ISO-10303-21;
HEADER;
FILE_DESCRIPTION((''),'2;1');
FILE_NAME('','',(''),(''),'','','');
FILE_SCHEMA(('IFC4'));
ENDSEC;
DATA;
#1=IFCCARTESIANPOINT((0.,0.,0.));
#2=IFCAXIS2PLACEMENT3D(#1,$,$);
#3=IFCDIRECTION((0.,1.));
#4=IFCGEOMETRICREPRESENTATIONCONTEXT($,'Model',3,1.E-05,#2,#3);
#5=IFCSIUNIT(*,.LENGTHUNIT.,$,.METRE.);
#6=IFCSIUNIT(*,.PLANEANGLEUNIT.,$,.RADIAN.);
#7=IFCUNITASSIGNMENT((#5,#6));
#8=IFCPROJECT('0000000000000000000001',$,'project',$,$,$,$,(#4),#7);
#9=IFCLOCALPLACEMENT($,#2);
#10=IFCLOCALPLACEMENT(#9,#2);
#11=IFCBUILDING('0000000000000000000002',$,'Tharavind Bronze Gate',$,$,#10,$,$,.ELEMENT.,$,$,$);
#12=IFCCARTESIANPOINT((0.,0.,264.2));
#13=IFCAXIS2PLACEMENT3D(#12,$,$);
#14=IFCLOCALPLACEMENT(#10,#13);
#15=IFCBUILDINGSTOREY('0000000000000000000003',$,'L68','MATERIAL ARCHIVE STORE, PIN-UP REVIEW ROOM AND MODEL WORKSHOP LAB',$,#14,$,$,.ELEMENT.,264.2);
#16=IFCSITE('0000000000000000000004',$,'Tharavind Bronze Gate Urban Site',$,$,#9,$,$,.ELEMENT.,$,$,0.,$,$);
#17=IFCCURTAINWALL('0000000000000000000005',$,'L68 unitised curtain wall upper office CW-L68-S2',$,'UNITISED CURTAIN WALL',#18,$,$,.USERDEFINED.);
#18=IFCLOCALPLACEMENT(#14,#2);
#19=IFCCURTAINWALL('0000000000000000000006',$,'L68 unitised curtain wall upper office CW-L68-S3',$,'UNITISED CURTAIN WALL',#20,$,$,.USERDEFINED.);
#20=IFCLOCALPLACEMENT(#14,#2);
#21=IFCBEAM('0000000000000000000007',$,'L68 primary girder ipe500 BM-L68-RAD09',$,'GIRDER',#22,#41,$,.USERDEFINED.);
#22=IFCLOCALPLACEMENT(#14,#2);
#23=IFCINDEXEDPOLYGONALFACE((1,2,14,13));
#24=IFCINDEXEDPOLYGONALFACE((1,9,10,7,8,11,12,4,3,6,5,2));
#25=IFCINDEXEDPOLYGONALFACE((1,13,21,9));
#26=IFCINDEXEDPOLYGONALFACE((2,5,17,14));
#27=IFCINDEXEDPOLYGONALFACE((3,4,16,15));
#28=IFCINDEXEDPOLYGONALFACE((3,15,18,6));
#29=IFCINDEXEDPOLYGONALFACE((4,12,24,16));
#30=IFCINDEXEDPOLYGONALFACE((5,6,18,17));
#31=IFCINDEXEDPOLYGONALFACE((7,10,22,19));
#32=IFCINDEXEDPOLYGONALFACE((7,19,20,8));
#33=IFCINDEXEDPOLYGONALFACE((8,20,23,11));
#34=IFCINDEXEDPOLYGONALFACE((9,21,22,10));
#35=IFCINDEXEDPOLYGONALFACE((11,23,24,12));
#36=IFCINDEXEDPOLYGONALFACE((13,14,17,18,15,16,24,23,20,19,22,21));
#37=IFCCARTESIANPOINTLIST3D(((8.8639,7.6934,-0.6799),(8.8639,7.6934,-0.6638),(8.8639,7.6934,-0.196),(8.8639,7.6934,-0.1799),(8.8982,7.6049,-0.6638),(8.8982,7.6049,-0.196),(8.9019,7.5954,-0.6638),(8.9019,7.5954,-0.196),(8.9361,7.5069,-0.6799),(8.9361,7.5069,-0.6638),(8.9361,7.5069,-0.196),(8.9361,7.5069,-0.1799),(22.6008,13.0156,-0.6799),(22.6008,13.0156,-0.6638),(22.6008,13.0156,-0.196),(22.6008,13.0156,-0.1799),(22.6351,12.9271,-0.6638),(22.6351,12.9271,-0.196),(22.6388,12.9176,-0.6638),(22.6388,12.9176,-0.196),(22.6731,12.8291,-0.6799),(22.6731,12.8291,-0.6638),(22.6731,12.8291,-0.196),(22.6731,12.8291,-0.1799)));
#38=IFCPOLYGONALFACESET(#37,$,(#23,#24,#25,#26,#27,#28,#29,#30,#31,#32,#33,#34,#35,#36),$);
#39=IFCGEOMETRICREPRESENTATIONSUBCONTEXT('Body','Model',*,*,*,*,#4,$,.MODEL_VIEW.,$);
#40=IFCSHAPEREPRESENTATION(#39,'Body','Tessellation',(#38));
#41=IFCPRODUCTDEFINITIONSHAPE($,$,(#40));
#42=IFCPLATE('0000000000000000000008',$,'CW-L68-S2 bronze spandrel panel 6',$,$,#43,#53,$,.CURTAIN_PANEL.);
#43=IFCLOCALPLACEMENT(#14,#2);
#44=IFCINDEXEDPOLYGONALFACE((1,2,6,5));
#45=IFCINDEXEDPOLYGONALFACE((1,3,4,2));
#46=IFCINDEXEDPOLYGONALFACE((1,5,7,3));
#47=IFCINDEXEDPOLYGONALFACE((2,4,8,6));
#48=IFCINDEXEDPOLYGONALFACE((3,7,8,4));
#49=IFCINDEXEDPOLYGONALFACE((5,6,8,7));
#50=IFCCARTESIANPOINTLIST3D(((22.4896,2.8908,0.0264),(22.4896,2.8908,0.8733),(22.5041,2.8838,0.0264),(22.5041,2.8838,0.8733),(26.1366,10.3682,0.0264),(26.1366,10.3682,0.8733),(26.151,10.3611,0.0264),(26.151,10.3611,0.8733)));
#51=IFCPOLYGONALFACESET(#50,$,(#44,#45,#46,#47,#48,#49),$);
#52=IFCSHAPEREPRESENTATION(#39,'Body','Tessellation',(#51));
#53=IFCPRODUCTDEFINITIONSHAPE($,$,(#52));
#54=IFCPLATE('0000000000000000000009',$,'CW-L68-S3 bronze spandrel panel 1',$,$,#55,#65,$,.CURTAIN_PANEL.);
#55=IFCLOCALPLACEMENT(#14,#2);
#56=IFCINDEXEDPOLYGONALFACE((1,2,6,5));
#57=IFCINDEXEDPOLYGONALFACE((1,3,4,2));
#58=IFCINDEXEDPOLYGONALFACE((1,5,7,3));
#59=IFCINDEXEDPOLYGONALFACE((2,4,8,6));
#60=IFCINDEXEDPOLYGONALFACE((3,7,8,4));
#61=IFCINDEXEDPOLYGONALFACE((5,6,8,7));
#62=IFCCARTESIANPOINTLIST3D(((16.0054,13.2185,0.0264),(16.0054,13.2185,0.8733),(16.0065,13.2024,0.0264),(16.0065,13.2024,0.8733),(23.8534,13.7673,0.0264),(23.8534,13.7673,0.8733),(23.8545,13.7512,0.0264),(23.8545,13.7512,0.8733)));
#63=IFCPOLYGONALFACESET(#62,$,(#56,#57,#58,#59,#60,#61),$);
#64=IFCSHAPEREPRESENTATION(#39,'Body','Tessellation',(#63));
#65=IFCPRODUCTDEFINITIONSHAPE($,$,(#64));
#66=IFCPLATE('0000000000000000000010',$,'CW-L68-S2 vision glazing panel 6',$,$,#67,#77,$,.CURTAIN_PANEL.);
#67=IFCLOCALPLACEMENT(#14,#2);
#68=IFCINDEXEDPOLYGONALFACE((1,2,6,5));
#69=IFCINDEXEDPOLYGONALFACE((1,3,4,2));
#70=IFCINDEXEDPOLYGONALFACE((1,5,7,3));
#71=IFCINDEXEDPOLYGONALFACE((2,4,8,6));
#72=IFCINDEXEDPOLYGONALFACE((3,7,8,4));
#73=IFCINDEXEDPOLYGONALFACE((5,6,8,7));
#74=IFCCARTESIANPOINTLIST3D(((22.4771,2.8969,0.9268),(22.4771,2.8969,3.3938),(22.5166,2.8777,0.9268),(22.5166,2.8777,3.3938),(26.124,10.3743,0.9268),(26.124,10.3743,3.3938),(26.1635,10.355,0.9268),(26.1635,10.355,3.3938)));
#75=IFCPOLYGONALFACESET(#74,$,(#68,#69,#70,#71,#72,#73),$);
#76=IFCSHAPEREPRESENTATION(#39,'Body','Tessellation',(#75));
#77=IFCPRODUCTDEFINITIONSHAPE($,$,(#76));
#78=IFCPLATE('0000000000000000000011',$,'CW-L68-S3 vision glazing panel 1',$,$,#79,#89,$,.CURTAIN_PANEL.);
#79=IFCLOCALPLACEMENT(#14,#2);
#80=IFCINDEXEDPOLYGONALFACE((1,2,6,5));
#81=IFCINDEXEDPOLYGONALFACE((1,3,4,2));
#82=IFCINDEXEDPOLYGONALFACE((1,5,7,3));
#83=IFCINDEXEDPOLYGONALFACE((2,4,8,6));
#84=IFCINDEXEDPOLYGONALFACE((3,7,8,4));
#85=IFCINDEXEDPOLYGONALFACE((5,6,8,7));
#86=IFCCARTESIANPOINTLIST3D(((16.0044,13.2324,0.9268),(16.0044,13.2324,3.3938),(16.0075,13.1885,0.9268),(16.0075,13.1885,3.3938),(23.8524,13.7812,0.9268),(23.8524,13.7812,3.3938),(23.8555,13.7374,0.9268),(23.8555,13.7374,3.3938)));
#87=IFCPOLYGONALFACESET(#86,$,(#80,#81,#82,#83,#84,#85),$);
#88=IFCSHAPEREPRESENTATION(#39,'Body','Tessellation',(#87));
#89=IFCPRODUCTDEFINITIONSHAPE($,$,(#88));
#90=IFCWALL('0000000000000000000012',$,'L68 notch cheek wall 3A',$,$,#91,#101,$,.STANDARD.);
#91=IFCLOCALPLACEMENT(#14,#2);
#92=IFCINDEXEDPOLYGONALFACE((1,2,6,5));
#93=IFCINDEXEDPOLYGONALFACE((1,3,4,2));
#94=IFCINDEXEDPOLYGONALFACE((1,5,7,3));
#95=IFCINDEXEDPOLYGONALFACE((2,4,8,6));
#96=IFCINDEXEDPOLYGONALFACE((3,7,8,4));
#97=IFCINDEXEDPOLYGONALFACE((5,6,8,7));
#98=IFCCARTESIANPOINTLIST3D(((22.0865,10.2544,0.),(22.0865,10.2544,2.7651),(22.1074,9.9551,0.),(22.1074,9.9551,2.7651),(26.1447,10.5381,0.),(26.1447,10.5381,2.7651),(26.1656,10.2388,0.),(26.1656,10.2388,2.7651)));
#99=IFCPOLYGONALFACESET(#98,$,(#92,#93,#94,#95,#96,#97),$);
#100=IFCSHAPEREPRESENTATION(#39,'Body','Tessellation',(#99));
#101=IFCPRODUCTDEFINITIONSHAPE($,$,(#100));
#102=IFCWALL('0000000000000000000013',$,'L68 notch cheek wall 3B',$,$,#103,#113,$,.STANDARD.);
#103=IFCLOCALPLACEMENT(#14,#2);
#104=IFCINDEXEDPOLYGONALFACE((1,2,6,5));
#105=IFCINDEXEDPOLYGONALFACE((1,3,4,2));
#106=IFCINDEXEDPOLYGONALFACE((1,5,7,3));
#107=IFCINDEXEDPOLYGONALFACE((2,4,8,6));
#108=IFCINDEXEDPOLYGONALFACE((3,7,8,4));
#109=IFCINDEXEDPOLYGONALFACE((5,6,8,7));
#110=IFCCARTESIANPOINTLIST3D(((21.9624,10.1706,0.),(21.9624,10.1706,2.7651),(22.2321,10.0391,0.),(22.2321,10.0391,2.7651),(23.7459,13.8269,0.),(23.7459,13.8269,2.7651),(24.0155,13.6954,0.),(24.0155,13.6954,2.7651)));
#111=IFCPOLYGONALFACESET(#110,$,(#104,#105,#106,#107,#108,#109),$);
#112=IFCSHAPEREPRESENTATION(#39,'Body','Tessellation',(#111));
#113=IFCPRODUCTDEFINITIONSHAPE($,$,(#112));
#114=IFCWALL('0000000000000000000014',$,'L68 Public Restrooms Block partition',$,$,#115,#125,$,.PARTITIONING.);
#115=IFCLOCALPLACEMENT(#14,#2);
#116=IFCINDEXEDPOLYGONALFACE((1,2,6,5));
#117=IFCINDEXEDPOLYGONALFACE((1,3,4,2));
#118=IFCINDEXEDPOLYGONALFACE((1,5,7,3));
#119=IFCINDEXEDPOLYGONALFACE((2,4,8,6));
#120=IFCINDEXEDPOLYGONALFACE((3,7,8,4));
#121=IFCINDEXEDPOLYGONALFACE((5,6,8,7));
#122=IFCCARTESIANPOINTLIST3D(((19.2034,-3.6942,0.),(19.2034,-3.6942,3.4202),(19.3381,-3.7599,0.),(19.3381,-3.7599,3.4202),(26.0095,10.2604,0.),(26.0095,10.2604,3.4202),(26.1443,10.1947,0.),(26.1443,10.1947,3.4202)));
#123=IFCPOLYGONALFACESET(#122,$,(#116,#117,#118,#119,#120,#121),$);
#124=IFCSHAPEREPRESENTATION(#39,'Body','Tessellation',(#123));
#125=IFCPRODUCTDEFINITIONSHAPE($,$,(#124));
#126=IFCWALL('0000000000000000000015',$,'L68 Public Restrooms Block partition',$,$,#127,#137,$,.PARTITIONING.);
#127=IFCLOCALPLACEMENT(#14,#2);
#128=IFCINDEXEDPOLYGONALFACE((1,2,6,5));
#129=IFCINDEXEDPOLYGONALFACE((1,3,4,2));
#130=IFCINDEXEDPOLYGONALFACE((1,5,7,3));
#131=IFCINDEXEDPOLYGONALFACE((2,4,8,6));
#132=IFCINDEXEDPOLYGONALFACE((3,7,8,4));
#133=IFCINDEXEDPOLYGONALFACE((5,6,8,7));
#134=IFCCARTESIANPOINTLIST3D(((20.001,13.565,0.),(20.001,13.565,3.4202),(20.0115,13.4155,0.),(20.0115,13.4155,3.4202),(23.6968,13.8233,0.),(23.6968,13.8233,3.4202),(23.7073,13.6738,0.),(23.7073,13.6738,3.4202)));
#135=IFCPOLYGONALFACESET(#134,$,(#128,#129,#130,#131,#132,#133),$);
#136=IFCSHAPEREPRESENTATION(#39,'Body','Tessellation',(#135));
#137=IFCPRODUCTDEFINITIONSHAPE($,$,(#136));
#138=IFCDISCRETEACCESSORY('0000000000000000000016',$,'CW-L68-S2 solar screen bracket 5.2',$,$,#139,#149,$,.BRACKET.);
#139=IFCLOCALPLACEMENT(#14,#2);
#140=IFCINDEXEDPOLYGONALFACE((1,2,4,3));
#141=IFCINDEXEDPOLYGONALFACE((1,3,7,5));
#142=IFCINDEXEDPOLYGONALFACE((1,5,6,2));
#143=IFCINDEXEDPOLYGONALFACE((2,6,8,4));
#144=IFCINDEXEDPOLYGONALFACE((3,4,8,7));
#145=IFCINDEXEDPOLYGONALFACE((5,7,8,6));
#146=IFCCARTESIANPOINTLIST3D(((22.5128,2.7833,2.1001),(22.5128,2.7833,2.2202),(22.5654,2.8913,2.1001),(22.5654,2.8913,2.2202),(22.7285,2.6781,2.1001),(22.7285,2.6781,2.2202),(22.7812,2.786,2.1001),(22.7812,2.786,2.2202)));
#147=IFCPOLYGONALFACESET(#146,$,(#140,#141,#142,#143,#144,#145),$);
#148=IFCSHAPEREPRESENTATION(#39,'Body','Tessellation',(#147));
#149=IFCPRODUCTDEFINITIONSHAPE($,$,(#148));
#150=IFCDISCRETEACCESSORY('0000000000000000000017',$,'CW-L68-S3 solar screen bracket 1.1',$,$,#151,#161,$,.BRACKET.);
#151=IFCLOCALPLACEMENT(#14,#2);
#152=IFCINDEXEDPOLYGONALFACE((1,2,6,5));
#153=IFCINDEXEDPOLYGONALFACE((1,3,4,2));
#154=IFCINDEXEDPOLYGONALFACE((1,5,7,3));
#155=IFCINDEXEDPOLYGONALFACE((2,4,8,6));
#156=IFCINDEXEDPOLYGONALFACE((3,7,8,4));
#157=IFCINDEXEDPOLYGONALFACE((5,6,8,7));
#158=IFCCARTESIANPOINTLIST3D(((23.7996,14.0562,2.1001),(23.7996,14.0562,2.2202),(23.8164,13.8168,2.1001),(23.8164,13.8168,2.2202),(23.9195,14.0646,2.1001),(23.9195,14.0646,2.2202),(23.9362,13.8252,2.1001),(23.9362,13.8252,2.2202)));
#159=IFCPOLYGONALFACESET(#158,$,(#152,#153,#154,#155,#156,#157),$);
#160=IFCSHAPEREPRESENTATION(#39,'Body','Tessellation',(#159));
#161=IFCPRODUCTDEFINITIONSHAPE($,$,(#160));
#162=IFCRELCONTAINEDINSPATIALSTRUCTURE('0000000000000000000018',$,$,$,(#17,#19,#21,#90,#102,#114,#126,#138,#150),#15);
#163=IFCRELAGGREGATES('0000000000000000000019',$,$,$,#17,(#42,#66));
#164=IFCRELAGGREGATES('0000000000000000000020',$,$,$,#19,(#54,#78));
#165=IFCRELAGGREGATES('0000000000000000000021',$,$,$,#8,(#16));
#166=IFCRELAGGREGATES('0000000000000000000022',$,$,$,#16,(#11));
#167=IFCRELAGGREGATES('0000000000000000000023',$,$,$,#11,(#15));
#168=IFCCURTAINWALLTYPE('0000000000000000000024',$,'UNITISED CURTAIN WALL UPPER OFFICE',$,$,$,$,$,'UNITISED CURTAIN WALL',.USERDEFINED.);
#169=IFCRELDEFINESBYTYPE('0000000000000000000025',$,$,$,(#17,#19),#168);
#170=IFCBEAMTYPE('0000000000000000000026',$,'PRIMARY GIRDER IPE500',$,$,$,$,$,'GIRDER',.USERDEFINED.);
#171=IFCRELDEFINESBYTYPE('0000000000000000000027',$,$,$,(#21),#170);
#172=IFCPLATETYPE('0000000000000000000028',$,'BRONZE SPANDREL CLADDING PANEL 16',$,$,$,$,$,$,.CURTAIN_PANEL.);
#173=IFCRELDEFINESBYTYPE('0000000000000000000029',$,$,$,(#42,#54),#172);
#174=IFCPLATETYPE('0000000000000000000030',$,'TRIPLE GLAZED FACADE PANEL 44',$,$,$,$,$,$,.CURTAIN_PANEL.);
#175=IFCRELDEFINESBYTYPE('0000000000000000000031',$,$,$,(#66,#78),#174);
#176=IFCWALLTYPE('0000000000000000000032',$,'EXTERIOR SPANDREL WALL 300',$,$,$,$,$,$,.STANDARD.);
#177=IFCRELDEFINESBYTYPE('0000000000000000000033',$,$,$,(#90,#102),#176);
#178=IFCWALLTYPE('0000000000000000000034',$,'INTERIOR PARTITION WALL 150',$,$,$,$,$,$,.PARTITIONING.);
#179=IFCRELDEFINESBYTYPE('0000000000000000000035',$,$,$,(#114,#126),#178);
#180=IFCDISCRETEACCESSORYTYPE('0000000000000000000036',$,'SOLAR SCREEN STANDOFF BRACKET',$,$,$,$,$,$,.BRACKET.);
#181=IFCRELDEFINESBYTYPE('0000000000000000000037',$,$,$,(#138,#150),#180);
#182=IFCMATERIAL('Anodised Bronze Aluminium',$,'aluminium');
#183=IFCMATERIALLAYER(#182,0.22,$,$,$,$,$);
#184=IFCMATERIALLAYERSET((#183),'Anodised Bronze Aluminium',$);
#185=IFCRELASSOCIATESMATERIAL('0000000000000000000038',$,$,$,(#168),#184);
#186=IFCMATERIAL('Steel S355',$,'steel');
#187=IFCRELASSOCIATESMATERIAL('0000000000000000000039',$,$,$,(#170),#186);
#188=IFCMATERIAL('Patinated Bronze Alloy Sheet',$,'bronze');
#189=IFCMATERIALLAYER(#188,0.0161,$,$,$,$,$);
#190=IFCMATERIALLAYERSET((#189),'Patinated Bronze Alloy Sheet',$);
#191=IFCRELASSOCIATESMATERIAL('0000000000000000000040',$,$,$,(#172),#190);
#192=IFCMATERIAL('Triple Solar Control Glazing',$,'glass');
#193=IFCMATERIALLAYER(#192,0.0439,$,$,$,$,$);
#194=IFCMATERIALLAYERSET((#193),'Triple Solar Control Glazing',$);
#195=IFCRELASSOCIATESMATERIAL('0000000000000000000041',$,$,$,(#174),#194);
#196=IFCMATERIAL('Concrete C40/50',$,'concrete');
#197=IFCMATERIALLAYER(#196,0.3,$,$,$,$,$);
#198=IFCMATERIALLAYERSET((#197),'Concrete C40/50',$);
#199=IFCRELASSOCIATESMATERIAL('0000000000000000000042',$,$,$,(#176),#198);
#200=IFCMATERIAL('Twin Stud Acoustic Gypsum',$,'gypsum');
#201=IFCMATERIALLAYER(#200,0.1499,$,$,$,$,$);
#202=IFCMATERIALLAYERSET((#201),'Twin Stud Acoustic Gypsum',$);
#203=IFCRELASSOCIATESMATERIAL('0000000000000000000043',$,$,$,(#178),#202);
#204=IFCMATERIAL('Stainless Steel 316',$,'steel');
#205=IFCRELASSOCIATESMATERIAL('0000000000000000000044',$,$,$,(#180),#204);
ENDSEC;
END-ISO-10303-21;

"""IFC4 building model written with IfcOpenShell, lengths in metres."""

from ifc_helpers import new_model, si_unit, direction, frame, frame_2d, origin, origin_2d, place, context, subcontext, project, spatial, rectangle, i_section, extrude, material, layer, layer_set, material_profile, profile_set, type_object, element, aggregate, save


model = new_model("IFC4")

# Units and contexts
model_context = context("Model", 3, precision=1e-05, world=origin(), true_north=direction((0.0, 1.0)))
body_context = subcontext(model_context, "Body", "Model", "MODEL_VIEW")
ifc_project = project(units=[si_unit("LENGTHUNIT", "METRE"), si_unit("PLANEANGLEUNIT", "RADIAN")], contexts=[model_context])

# Site, building, storey
site_placement = place(None, origin())
site = spatial("IfcSite", under=ifc_project, at=site_placement, Name="Tharavind Bronze Gate Urban Site", CompositionType="ELEMENT", RefElevation=0.0)
building_placement = place(site_placement, origin())
building = spatial("IfcBuilding", under=site, at=building_placement, Name="Tharavind Bronze Gate", CompositionType="ELEMENT")
storey_placement = place(building_placement, frame((0.0, 0.0, 264.2)))
storey = spatial("IfcBuildingStorey", under=building, at=storey_placement, Name="L68", Description="MATERIAL ARCHIVE STORE, PIN-UP REVIEW ROOM AND MODEL WORKSHOP LAB", CompositionType="ELEMENT", Elevation=264.2)

# Curtain wall
ifc_material_1 = material(Name="Anodised Bronze Aluminium", Category="aluminium")
ifc_layer_1 = layer(ifc_material_1, 0.22)
ifc_layer_set_1 = layer_set([ifc_layer_1], Name="Anodised Bronze Aluminium")
curtain_wall_type = type_object("IfcCurtainWallType", Name="UNITISED CURTAIN WALL UPPER OFFICE", ElementType="UNITISED CURTAIN WALL", PredefinedType="USERDEFINED", material=ifc_layer_set_1)
curtain_wall_1_placement = place(storey_placement, origin())
curtain_wall_1 = element("IfcCurtainWall", 1, at=curtain_wall_1_placement, inside=storey, type_object=curtain_wall_type, Name="L68 unitised curtain wall upper office CW-L68-S2", ObjectType="UNITISED CURTAIN WALL", PredefinedType="USERDEFINED")

# Curtain wall
curtain_wall_2_placement = place(storey_placement, origin())
curtain_wall_2 = element("IfcCurtainWall", 2, at=curtain_wall_2_placement, inside=storey, type_object=curtain_wall_type, Name="L68 unitised curtain wall upper office CW-L68-S3", ObjectType="UNITISED CURTAIN WALL", PredefinedType="USERDEFINED")

# Beam
ifc_material_2 = material(Name="Steel S355", Category="steel")
ifc_material_profile_1 = material_profile(ifc_material_2, i_section(OverallWidth=0.2, OverallDepth=0.5, WebThickness=0.0103, FlangeThickness=0.0161, at=origin_2d()), Name="IPE500")
ifc_profile_set_1 = profile_set([ifc_material_profile_1], Name="Steel S355")
beam_type_1 = type_object("IfcBeamType", Name="PRIMARY GIRDER IPE500", ElementType="GIRDER", PredefinedType="USERDEFINED", material=ifc_profile_set_1)
beam_1_placement = place(storey_placement, frame((22.637, 12.9224, -0.4299), z_axis=(-0.932461, -0.361271, 0.0), x_axis=(0.361271, -0.932461, 0.0)))
element("IfcBeam", 3, at=beam_1_placement, inside=storey, type_object=beam_type_1, Name="L68 primary girder ipe500 BM-L68-RAD09", ObjectType="GIRDER", PredefinedType="USERDEFINED", context=body_context, shape_type="SweptSolid", body=[
    extrude(i_section(OverallWidth=0.2, OverallDepth=0.5, WebThickness=0.0103, FlangeThickness=0.0161, at=origin_2d()), origin(), (0.0, 0.0, 1.0), 14.7319),
])

# Plates
ifc_material_3 = material(Name="Patinated Bronze Alloy Sheet", Category="bronze")
ifc_layer_2 = layer(ifc_material_3, 0.0161)
ifc_layer_set_2 = layer_set([ifc_layer_2], Name="Patinated Bronze Alloy Sheet")
plate_type_1 = type_object("IfcPlateType", Name="BRONZE SPANDREL CLADDING PANEL 16", PredefinedType="CURTAIN_PANEL", material=ifc_layer_set_2)
plate_1_placement = place(storey_placement, frame((24.3203, 6.626, 0.0264), z_axis=(0.0, 0.0, 1.0), x_axis=(0.438373, 0.898793, 0.0)))
plate_1 = element("IfcPlate", 4, at=plate_1_placement, type_object=plate_type_1, Name="CW-L68-S2 bronze spandrel panel 6", PredefinedType="CURTAIN_PANEL", context=body_context, shape_type="SweptSolid", body=[
    extrude(rectangle(XDim=8.3193, YDim=0.0161, at=origin_2d()), origin(), (0.0, 0.0, 1.0), 0.8469),
])
plate_2_placement = place(storey_placement, frame((19.9299, 13.4849, 0.0264), z_axis=(0.0, 0.0, 1.0), x_axis=(-0.997564, -0.06976, 0.0)))
plate_2 = element("IfcPlate", 5, at=plate_2_placement, type_object=plate_type_1, Name="CW-L68-S3 bronze spandrel panel 1", PredefinedType="CURTAIN_PANEL", context=body_context, shape_type="SweptSolid", body=[
    extrude(rectangle(XDim=7.8672, YDim=0.0161, at=origin_2d()), origin(), (0.0, 0.0, 1.0), 0.8469),
])
ifc_material_4 = material(Name="Triple Solar Control Glazing", Category="glass")
ifc_layer_3 = layer(ifc_material_4, 0.0439)
ifc_layer_set_3 = layer_set([ifc_layer_3], Name="Triple Solar Control Glazing")
plate_type_2 = type_object("IfcPlateType", Name="TRIPLE GLAZED FACADE PANEL 44", PredefinedType="CURTAIN_PANEL", material=ifc_layer_set_3)
plate_3_placement = place(storey_placement, frame((24.3203, 6.626, 0.9268), z_axis=(0.0, 0.0, 1.0), x_axis=(0.438373, 0.898793, 0.0)))
plate_3 = element("IfcPlate", 6, at=plate_3_placement, type_object=plate_type_2, Name="CW-L68-S2 vision glazing panel 6", PredefinedType="CURTAIN_PANEL", context=body_context, shape_type="SweptSolid", body=[
    extrude(rectangle(XDim=8.3193, YDim=0.0439, at=origin_2d()), origin(), (0.0, 0.0, 1.0), 2.467),
])
aggregate(curtain_wall_1, [plate_1, plate_3])
plate_4_placement = place(storey_placement, frame((19.9299, 13.4849, 0.9268), z_axis=(0.0, 0.0, 1.0), x_axis=(-0.997564, -0.06976, 0.0)))
plate_4 = element("IfcPlate", 7, at=plate_4_placement, type_object=plate_type_2, Name="CW-L68-S3 vision glazing panel 1", PredefinedType="CURTAIN_PANEL", context=body_context, shape_type="SweptSolid", body=[
    extrude(rectangle(XDim=7.8672, YDim=0.0439, at=origin_2d()), origin(), (0.0, 0.0, 1.0), 2.467),
])
aggregate(curtain_wall_2, [plate_2, plate_4])

# Walls
ifc_material_5 = material(Name="Concrete C40/50", Category="concrete")
ifc_layer_4 = layer(ifc_material_5, 0.3)
ifc_layer_set_4 = layer_set([ifc_layer_4], Name="Concrete C40/50")
wall_type_1 = type_object("IfcWallType", Name="EXTERIOR SPANDREL WALL 300", PredefinedType="STANDARD", material=ifc_layer_set_4)
for number, where, z_axis, x_axis, name in (
    (8, (26.1553, 10.3884, 0.0), (0.0, 0.0, 1.0), (-0.997565, -0.069737, 0.0), "L68 notch cheek wall 3A"),
    (9, (22.0972, 10.1047, 0.0), (0.0, 0.0, 1.0), (0.438406, 0.898777, 0.0), "L68 notch cheek wall 3B"),
):
    element("IfcWall", number, at=place(storey_placement, frame(where, z_axis=z_axis, x_axis=x_axis)), inside=storey, type_object=wall_type_1, Name=name, PredefinedType="STANDARD", context=body_context, shape_type="SweptSolid", body=[
        extrude(rectangle(XDim=4.0681, YDim=0.3, at=frame_2d((2.0342, 0.0))), origin(), (0.0, 0.0, 1.0), 2.7651),
    ])
ifc_material_6 = material(Name="Twin Stud Acoustic Gypsum", Category="gypsum")
ifc_layer_5 = layer(ifc_material_6, 0.1499)
ifc_layer_set_5 = layer_set([ifc_layer_5], Name="Twin Stud Acoustic Gypsum")
wall_type_2 = type_object("IfcWallType", Name="INTERIOR PARTITION WALL 150", PredefinedType="PARTITIONING", material=ifc_layer_set_5)
wall_1_placement = place(storey_placement, frame((26.0769, 10.2275, 0.0), z_axis=(0.0, 0.0, 1.0), x_axis=(-0.438373, -0.898793, 0.0)))
element("IfcWall", 10, at=wall_1_placement, inside=storey, type_object=wall_type_2, Name="L68 Public Restrooms Block partition", PredefinedType="PARTITIONING", context=body_context, shape_type="SweptSolid", body=[
    extrude(rectangle(XDim=15.5259, YDim=0.1499, at=frame_2d((7.7629, 0.0))), origin(), (0.0, 0.0, 1.0), 3.4202),
])
wall_2_placement = place(storey_placement, frame((20.0061, 13.4902, 0.0), z_axis=(0.0, 0.0, 1.0), x_axis=(0.997567, 0.06972, 0.0)))
element("IfcWall", 11, at=wall_2_placement, inside=storey, type_object=wall_type_2, Name="L68 Public Restrooms Block partition", PredefinedType="PARTITIONING", context=body_context, shape_type="SweptSolid", body=[
    extrude(rectangle(XDim=3.7048, YDim=0.1499, at=frame_2d((1.8525, 0.0))), origin(), (0.0, 0.0, 1.0), 3.4202),
])

# Discrete accessories
ifc_material_7 = material(Name="Stainless Steel 316", Category="steel")
discrete_accessory_type = type_object("IfcDiscreteAccessoryType", Name="SOLAR SCREEN STANDOFF BRACKET", PredefinedType="BRACKET", material=ifc_material_7)
for number, where, z_axis, x_axis, name in (
    (12, (22.647, 2.7847, 2.1001), (0.0, 0.0, 1.0), (0.438373, 0.898793, 0.0), "CW-L68-S2 solar screen bracket 5.2"),
    (13, (23.8679, 13.9407, 2.1001), (0.0, 0.0, 1.0), (-0.997564, -0.06976, 0.0), "CW-L68-S3 solar screen bracket 1.1"),
):
    element("IfcDiscreteAccessory", number, at=place(storey_placement, frame(where, z_axis=z_axis, x_axis=x_axis)), inside=storey, type_object=discrete_accessory_type, Name=name, PredefinedType="BRACKET", context=body_context, shape_type="SweptSolid", body=[
        extrude(rectangle(XDim=0.1201, YDim=0.24, at=origin_2d()), origin(), (0.0, 0.0, 1.0), 0.1201),
    ])

save(model, "model.ifc")
